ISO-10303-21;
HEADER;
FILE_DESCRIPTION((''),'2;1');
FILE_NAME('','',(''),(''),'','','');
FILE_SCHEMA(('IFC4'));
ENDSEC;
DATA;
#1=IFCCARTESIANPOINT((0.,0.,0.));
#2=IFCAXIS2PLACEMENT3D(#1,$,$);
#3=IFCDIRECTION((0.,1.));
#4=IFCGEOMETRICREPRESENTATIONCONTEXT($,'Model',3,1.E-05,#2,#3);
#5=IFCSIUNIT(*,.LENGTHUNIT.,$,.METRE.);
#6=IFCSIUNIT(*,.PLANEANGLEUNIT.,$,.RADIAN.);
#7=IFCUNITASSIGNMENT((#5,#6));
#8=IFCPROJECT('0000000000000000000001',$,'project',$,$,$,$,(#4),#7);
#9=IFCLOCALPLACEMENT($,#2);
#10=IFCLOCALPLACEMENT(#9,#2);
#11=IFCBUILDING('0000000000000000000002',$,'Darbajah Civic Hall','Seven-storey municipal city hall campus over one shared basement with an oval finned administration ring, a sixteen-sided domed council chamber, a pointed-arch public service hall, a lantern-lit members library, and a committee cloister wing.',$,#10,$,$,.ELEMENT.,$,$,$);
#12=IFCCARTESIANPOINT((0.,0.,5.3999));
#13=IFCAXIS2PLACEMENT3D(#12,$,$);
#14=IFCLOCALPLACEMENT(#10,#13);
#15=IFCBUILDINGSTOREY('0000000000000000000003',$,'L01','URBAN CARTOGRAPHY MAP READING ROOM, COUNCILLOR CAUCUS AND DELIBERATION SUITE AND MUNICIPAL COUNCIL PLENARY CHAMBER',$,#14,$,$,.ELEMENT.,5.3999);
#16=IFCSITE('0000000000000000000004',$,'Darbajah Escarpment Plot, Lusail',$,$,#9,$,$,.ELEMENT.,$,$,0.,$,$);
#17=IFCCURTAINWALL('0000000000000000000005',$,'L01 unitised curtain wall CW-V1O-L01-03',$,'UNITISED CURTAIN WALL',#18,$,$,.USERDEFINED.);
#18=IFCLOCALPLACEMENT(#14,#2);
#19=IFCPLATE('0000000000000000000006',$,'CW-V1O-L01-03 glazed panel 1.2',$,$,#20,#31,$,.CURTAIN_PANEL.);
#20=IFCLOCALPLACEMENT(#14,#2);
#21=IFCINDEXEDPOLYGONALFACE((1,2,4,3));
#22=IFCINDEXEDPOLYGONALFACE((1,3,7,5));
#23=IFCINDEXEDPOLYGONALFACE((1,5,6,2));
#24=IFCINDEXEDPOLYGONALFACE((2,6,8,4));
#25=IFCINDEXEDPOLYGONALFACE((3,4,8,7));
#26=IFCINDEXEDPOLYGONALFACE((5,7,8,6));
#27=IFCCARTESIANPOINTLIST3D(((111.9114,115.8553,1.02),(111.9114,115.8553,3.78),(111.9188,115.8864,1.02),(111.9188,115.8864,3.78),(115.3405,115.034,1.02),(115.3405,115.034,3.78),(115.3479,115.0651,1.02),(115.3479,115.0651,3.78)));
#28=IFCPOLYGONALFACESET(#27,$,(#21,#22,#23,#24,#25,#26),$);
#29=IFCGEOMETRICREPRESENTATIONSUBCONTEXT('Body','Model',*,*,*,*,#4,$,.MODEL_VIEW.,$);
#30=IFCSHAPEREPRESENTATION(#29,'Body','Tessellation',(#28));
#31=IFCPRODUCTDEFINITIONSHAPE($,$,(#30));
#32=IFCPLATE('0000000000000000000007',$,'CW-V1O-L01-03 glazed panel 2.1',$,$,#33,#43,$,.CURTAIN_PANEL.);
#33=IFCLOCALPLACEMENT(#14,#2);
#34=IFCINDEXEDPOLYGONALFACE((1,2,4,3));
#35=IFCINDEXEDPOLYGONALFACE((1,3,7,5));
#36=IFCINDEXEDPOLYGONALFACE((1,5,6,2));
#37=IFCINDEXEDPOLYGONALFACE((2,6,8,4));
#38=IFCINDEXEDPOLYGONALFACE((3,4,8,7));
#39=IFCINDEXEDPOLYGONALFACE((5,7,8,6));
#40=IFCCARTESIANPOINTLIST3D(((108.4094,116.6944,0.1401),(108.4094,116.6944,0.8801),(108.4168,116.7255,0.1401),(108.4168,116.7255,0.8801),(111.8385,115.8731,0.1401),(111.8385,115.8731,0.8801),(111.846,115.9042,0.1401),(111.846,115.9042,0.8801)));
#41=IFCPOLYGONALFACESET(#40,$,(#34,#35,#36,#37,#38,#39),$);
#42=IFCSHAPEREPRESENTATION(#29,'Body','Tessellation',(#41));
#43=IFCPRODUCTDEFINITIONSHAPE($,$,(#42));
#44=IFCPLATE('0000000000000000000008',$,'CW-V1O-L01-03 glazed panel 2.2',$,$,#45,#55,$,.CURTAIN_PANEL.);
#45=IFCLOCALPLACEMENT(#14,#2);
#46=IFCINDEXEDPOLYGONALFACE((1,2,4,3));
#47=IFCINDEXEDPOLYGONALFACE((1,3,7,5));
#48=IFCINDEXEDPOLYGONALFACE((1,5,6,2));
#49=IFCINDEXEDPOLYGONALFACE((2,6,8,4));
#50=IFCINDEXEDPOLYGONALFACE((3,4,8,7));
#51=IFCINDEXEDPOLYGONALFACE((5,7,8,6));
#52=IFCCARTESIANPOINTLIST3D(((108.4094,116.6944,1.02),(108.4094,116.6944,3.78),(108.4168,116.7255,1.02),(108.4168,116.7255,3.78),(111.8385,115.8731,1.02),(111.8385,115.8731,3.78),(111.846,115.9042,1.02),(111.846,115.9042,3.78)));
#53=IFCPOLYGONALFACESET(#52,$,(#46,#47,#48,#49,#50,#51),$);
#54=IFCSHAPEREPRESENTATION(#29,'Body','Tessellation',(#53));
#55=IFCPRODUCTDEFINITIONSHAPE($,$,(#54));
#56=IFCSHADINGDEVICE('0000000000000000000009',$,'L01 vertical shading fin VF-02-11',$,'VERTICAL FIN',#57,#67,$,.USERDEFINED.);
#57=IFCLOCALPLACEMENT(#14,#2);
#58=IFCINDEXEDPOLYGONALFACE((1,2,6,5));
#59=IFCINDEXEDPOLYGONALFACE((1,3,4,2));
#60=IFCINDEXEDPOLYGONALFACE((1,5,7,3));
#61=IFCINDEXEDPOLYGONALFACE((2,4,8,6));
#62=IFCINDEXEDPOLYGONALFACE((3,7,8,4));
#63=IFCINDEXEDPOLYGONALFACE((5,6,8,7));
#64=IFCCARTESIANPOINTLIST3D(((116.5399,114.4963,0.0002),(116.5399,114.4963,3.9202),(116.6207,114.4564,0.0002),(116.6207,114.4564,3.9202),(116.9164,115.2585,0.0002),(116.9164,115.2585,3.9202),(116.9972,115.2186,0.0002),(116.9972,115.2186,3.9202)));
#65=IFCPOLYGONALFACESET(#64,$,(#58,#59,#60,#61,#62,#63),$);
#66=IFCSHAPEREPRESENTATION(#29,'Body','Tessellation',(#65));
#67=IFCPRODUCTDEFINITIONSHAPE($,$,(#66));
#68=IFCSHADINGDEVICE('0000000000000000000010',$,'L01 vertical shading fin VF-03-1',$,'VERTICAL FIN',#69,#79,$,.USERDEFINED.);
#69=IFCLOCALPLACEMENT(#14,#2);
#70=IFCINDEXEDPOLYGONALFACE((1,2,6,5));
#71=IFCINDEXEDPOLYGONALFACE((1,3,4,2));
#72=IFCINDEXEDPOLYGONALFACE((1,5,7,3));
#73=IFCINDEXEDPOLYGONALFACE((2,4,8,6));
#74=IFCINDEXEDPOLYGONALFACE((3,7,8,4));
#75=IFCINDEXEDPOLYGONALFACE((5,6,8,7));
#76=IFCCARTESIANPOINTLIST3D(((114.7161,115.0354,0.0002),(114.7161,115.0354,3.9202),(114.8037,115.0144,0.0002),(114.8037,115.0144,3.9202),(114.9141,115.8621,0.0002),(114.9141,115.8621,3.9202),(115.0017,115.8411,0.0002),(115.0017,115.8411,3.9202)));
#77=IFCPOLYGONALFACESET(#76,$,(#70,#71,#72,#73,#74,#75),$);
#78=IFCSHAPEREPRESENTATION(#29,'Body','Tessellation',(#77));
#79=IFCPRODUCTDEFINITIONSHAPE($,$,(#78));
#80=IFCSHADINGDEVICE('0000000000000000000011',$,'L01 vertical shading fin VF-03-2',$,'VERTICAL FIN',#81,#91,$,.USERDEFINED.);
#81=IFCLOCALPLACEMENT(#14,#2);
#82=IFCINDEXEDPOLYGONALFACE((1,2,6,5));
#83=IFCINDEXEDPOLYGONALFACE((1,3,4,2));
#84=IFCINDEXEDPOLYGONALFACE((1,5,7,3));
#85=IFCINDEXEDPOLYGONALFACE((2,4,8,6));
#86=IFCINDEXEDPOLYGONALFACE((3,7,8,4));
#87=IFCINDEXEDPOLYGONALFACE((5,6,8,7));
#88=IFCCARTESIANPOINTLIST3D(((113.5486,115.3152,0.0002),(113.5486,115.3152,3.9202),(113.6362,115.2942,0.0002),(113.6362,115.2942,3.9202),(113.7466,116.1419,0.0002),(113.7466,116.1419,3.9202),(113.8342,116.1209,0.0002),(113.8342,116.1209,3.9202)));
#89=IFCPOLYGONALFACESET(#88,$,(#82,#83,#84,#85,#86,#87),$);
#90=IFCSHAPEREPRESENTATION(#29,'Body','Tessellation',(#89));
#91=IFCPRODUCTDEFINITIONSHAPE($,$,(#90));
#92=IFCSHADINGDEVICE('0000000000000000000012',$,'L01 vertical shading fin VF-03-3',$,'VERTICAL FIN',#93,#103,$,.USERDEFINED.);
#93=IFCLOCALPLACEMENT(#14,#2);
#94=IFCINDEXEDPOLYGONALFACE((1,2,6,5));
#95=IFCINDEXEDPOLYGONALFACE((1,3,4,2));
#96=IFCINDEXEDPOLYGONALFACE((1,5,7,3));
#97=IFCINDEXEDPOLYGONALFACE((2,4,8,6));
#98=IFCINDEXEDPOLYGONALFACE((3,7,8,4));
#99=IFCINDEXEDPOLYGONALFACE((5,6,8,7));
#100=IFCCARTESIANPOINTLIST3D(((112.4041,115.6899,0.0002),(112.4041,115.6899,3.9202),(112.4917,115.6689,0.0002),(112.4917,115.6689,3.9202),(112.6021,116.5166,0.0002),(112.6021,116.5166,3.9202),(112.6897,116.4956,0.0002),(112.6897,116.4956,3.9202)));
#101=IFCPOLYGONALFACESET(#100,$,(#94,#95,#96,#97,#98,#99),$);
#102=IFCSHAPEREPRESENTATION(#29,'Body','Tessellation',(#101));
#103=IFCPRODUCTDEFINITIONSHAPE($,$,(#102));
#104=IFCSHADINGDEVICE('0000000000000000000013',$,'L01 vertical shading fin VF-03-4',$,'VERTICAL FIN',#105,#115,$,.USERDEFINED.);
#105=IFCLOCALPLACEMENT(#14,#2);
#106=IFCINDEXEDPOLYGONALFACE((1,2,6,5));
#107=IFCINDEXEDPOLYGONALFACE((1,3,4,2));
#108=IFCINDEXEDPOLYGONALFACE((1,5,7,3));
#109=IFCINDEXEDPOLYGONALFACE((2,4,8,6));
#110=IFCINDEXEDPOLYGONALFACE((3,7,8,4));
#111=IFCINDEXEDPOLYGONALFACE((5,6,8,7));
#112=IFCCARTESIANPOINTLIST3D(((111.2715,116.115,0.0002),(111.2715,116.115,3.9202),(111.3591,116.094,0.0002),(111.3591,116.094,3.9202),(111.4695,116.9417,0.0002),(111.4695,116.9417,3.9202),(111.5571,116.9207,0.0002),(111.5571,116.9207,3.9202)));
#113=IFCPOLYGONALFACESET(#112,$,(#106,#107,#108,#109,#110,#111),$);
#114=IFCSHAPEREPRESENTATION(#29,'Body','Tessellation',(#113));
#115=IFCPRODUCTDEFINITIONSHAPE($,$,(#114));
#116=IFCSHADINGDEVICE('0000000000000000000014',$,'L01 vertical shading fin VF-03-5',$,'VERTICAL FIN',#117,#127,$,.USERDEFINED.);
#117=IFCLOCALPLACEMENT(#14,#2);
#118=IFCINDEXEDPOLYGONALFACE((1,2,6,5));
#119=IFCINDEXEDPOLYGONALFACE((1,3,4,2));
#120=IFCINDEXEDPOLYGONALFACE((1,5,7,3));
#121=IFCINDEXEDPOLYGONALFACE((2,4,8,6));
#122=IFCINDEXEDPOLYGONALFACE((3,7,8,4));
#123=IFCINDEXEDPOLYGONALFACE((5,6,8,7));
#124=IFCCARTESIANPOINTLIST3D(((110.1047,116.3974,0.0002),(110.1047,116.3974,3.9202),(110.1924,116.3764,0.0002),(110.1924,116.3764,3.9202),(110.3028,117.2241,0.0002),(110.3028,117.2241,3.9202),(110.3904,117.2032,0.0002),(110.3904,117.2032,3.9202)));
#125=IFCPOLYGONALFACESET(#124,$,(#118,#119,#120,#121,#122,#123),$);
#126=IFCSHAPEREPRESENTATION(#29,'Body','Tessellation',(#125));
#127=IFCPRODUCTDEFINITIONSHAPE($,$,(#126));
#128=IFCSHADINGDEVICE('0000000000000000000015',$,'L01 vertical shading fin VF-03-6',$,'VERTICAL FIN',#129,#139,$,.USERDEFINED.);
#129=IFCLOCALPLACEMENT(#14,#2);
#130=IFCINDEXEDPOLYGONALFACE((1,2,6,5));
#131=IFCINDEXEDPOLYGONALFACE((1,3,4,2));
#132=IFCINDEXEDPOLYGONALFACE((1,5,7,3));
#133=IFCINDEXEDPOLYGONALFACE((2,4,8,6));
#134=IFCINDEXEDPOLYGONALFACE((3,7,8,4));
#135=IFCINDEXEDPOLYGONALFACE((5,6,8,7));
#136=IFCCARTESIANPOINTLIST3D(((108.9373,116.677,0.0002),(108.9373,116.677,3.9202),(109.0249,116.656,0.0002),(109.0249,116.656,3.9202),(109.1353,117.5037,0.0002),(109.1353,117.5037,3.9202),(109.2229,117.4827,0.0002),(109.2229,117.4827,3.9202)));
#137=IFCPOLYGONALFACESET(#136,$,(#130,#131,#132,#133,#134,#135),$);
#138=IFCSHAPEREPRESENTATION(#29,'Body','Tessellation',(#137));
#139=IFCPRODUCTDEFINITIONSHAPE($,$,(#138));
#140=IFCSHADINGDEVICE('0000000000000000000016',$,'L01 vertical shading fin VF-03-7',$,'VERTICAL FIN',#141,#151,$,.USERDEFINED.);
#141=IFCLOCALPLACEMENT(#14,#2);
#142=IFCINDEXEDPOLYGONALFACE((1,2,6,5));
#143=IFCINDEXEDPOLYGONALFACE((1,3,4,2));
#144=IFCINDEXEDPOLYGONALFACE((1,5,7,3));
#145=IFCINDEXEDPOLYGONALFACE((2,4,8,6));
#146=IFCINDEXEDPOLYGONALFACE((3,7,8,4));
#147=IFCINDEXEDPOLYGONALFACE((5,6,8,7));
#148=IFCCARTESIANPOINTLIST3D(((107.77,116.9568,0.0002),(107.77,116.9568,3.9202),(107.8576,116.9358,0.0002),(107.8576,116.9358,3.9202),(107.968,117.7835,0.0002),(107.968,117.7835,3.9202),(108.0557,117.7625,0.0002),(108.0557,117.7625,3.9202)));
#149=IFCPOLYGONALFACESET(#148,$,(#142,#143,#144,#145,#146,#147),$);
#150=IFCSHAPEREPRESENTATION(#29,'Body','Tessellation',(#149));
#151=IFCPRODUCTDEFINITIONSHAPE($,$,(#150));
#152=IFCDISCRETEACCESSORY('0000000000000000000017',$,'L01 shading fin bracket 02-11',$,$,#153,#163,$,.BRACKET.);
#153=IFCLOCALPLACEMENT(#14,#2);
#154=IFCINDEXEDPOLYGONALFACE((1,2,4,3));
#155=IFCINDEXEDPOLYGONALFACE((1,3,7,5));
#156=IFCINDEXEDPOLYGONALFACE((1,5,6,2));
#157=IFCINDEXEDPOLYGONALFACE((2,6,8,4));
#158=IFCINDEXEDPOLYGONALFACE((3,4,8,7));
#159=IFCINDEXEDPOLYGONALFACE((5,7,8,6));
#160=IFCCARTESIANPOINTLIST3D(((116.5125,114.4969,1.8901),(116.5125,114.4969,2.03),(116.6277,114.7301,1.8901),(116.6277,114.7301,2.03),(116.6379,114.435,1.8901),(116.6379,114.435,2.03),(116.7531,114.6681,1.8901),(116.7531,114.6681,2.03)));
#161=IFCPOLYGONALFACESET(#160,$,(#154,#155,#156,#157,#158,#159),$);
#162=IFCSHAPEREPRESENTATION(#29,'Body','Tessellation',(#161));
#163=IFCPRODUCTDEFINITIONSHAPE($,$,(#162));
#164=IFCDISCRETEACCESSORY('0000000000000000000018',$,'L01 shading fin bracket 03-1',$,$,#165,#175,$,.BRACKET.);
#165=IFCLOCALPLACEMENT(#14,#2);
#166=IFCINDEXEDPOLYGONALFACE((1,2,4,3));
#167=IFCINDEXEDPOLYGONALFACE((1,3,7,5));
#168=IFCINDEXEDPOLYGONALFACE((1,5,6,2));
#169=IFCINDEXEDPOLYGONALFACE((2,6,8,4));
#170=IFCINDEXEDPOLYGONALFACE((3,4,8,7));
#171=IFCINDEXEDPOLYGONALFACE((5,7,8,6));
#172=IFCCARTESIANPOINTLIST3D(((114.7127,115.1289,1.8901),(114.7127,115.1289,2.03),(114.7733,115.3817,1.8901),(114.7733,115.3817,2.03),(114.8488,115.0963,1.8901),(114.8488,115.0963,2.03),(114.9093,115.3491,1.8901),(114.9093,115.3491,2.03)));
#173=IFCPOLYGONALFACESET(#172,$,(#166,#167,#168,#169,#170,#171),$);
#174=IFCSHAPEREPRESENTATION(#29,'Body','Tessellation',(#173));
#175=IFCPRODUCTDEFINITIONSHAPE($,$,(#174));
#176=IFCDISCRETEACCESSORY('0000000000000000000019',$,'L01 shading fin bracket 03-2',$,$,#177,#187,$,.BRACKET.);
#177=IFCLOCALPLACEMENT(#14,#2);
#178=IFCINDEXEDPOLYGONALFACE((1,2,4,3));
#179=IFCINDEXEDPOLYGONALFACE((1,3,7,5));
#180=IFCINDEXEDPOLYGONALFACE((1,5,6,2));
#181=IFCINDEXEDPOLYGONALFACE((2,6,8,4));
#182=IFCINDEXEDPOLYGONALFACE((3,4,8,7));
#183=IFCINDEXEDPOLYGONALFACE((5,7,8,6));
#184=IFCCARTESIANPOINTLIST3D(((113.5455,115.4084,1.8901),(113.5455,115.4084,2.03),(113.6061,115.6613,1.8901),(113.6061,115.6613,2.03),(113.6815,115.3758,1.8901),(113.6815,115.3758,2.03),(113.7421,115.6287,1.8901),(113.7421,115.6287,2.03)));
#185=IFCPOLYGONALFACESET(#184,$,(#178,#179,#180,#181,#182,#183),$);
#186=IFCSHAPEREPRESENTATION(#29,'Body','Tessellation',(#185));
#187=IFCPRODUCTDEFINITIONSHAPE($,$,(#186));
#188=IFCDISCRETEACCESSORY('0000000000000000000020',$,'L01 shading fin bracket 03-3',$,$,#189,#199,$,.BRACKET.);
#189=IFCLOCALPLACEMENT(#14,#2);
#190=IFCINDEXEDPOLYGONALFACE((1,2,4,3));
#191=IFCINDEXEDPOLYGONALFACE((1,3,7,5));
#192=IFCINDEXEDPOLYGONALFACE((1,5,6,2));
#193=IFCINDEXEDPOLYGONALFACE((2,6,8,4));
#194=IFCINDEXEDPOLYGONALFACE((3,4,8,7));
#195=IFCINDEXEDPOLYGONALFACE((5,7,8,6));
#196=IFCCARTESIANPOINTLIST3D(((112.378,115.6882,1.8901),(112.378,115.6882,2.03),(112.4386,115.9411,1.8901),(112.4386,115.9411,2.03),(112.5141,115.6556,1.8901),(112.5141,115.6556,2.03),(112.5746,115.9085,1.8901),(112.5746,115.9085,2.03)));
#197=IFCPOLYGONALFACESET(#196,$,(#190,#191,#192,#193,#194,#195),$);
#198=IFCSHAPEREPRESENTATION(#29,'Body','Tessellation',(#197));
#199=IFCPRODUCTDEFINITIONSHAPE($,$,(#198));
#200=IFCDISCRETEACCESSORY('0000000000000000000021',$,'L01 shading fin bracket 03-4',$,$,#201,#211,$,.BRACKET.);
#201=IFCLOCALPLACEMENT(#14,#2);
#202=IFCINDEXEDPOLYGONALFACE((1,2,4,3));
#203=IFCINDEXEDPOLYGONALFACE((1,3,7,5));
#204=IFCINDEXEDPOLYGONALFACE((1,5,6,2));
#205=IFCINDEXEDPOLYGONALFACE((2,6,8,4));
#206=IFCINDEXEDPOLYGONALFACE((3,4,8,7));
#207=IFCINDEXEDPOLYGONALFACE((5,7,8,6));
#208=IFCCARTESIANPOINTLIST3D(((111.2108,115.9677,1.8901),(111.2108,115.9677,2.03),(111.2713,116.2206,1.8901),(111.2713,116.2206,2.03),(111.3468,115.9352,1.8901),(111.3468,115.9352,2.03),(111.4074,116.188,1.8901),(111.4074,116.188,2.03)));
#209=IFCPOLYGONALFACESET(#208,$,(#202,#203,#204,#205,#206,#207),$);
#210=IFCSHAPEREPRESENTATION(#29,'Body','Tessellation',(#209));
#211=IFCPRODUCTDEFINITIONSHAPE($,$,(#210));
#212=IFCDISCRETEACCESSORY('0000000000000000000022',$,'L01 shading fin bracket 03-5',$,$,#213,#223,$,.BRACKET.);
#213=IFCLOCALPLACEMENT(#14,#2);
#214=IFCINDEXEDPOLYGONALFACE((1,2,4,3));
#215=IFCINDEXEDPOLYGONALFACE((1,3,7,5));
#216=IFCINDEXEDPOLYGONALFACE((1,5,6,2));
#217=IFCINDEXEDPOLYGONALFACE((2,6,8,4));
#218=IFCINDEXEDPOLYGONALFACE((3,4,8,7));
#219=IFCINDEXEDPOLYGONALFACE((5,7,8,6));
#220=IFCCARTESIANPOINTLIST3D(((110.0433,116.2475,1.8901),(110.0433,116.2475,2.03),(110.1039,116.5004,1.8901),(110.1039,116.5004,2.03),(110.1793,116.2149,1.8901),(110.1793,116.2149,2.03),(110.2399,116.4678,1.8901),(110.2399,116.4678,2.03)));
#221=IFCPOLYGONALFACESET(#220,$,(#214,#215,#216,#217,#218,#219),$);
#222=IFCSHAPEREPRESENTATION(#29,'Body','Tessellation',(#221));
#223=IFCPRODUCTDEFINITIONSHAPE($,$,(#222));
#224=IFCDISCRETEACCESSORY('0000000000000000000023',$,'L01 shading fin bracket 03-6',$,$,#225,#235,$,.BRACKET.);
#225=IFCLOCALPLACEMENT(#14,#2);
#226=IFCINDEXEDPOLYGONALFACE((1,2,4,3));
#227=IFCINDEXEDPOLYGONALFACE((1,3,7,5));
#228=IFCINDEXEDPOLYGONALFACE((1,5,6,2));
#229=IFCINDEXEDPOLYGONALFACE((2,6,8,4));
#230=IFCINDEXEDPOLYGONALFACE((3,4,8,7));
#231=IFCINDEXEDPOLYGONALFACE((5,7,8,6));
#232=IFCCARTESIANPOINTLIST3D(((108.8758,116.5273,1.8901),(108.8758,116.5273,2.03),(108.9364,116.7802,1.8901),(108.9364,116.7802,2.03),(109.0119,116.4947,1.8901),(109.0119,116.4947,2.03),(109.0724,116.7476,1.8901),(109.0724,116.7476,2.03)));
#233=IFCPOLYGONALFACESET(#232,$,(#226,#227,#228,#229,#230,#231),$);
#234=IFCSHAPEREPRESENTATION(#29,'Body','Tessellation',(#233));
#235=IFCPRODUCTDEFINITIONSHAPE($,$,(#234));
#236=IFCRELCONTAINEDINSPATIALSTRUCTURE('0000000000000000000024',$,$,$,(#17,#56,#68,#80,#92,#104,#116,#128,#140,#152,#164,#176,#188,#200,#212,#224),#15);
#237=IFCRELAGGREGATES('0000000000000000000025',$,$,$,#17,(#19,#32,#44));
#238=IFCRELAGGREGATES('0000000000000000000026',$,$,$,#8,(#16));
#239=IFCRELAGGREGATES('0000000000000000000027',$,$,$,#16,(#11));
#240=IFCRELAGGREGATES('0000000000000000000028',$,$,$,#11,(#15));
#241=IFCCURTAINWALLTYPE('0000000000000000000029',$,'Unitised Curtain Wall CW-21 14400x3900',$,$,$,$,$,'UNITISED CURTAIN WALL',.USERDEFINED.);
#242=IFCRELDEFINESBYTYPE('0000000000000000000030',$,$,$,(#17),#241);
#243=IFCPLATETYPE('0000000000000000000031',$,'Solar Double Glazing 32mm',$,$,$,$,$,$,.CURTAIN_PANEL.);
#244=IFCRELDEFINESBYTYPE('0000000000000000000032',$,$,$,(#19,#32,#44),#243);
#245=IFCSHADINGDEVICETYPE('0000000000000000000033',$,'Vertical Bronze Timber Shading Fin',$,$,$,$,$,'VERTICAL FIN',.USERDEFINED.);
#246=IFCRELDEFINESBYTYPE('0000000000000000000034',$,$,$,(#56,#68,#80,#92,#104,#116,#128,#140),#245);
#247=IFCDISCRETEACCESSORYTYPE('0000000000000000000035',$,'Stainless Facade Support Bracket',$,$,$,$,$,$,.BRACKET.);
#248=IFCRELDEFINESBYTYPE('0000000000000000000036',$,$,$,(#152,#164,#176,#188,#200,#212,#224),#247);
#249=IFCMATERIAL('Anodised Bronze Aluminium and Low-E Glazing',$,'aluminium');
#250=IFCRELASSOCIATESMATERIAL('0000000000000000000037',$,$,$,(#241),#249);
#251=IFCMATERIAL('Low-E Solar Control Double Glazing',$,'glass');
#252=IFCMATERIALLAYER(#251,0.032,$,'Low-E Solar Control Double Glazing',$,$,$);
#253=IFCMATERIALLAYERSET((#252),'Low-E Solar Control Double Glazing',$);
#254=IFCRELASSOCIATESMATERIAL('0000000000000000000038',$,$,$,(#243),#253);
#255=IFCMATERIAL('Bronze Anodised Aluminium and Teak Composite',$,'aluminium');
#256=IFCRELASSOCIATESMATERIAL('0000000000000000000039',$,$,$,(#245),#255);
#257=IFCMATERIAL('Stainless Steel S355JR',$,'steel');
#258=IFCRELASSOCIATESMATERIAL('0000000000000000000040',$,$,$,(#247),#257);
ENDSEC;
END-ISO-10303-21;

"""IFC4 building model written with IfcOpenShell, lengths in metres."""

from ifc_helpers import new_model, si_unit, direction, frame, origin, origin_2d, place, context, subcontext, project, spatial, rectangle, extrude, material, layer, layer_set, type_object, element, aggregate, save


model = new_model("IFC4")

# Units and contexts
model_context = context("Model", 3, precision=1e-05, world=origin(), true_north=direction((0.0, 1.0)))
body_context = subcontext(model_context, "Body", "Model", "MODEL_VIEW")
ifc_project = project(units=[si_unit("LENGTHUNIT", "METRE"), si_unit("PLANEANGLEUNIT", "RADIAN")], contexts=[model_context])

# Site, building, storey
site_placement = place(None, origin())
site = spatial("IfcSite", under=ifc_project, at=site_placement, Name="Darbajah Escarpment Plot, Lusail", CompositionType="ELEMENT", RefElevation=0.0)
building_placement = place(site_placement, origin())
building = spatial("IfcBuilding", under=site, at=building_placement, Name="Darbajah Civic Hall", Description="Seven-storey municipal city hall campus over one shared basement with an oval finned administration ring, a sixteen-sided domed council chamber, a pointed-arch public service hall, a lantern-lit members library, and a committee cloister wing.", CompositionType="ELEMENT")
storey_placement = place(building_placement, frame((0.0, 0.0, 5.3999)))
storey = spatial("IfcBuildingStorey", under=building, at=storey_placement, Name="L01", Description="URBAN CARTOGRAPHY MAP READING ROOM, COUNCILLOR CAUCUS AND DELIBERATION SUITE AND MUNICIPAL COUNCIL PLENARY CHAMBER", CompositionType="ELEMENT", Elevation=5.3999)

# Shared definitions
ifc_material_1 = material(Name="Anodised Bronze Aluminium and Low-E Glazing", Category="aluminium")

# Curtain wall
curtain_wall_type_1 = type_object("IfcCurtainWallType", Name="Unitised Curtain Wall CW-21 14400x3900", ElementType="UNITISED CURTAIN WALL", PredefinedType="USERDEFINED", material=ifc_material_1)
curtain_wall_1_placement = place(storey_placement, origin())
curtain_wall_1 = element("IfcCurtainWall", 1, at=curtain_wall_1_placement, inside=storey, type_object=curtain_wall_type_1, Name="L01 unitised curtain wall CW-V1O-L01-03", ObjectType="UNITISED CURTAIN WALL", PredefinedType="USERDEFINED")

# Plates
ifc_material_2 = material(Name="Low-E Solar Control Double Glazing", Category="glass")
ifc_layer_1 = layer(ifc_material_2, 0.032, Name="Low-E Solar Control Double Glazing")
ifc_layer_set_1 = layer_set([ifc_layer_1], Name="Low-E Solar Control Double Glazing")
plate_type_1 = type_object("IfcPlateType", Name="Solar Double Glazing 32mm", PredefinedType="CURTAIN_PANEL", material=ifc_layer_set_1)
plate_1_placement = place(storey_placement, frame((113.6296, 115.4602, 1.02), z_axis=(0.0, 0.0, 1.0), x_axis=(-0.972492, 0.232936, 0.0)))
plate_1 = element("IfcPlate", 2, at=plate_1_placement, type_object=plate_type_1, Name="CW-V1O-L01-03 glazed panel 1.2", PredefinedType="CURTAIN_PANEL", context=body_context, shape_type="SweptSolid", body=[
    extrude(rectangle(XDim=3.5261, YDim=0.032, at=origin_2d()), origin(), (0.0, 0.0, 1.0), 2.76),
])
plate_2_placement = place(storey_placement, frame((110.1277, 116.2993, 0.1401), z_axis=(0.0, 0.0, 1.0), x_axis=(-0.972492, 0.232936, 0.0)))
plate_2 = element("IfcPlate", 3, at=plate_2_placement, type_object=plate_type_1, Name="CW-V1O-L01-03 glazed panel 2.1", PredefinedType="CURTAIN_PANEL", context=body_context, shape_type="SweptSolid", body=[
    extrude(rectangle(XDim=3.5261, YDim=0.032, at=origin_2d()), origin(), (0.0, 0.0, 1.0), 0.74),
])
plate_3_placement = place(storey_placement, frame((110.1277, 116.2993, 1.02), z_axis=(0.0, 0.0, 1.0), x_axis=(-0.972492, 0.232936, 0.0)))
plate_3 = element("IfcPlate", 4, at=plate_3_placement, type_object=plate_type_1, Name="CW-V1O-L01-03 glazed panel 2.2", PredefinedType="CURTAIN_PANEL", context=body_context, shape_type="SweptSolid", body=[
    extrude(rectangle(XDim=3.5261, YDim=0.032, at=origin_2d()), origin(), (0.0, 0.0, 1.0), 2.76),
])
aggregate(curtain_wall_1, [plate_1, plate_2, plate_3])

# Shading devices
ifc_material_3 = material(Name="Bronze Anodised Aluminium and Teak Composite", Category="aluminium")
shading_device_type = type_object("IfcShadingDeviceType", Name="Vertical Bronze Timber Shading Fin", ElementType="VERTICAL FIN", PredefinedType="USERDEFINED", material=ifc_material_3)
for number, where, z_axis, x_axis, name in (
    (5, (116.7686, 114.8574, 0.0002), (0.0, 0.0, 1.0), (0.442915, 0.896564, 0.0), "L01 vertical shading fin VF-02-11"),
    (6, (114.8589, 115.4382, 0.0002), (0.0, 0.0, 1.0), (0.232936, 0.972492, 0.0), "L01 vertical shading fin VF-03-1"),
    (7, (113.6914, 115.718, 0.0002), (0.0, 0.0, 1.0), (0.232936, 0.972492, 0.0), "L01 vertical shading fin VF-03-2"),
    (8, (112.5469, 116.0928, 0.0002), (0.0, 0.0, 1.0), (0.232936, 0.972492, 0.0), "L01 vertical shading fin VF-03-3"),
    (9, (111.4143, 116.5178, 0.0002), (0.0, 0.0, 1.0), (0.232936, 0.972492, 0.0), "L01 vertical shading fin VF-03-4"),
    (10, (110.2476, 116.8003, 0.0002), (0.0, 0.0, 1.0), (0.232936, 0.972492, 0.0), "L01 vertical shading fin VF-03-5"),
    (11, (109.0801, 117.0798, 0.0002), (0.0, 0.0, 1.0), (0.232936, 0.972492, 0.0), "L01 vertical shading fin VF-03-6"),
    (12, (107.9128, 117.3596, 0.0002), (0.0, 0.0, 1.0), (0.232936, 0.972492, 0.0), "L01 vertical shading fin VF-03-7"),
):
    element("IfcShadingDevice", number, at=place(storey_placement, frame(where, z_axis=z_axis, x_axis=x_axis)), inside=storey, type_object=shading_device_type, Name=name, ObjectType="VERTICAL FIN", PredefinedType="USERDEFINED", context=body_context, shape_type="SweptSolid", body=[
        extrude(rectangle(XDim=0.8501, YDim=0.0901, at=origin_2d()), origin(), (0.0, 0.0, 1.0), 3.9199),
    ])

# Discrete accessories
ifc_material_4 = material(Name="Stainless Steel S355JR", Category="steel")
discrete_accessory_type = type_object("IfcDiscreteAccessoryType", Name="Stainless Facade Support Bracket", PredefinedType="BRACKET", material=ifc_material_4)
for number, where, z_axis, x_axis, name in (
    (13, (116.6328, 114.5825, 1.8901), (0.0, 0.0, 1.0), (0.442915, 0.896564, 0.0), "L01 shading fin bracket 02-11"),
    (14, (114.811, 115.239, 1.8901), (0.0, 0.0, 1.0), (0.232936, 0.972492, 0.0), "L01 shading fin bracket 03-1"),
    (15, (113.6438, 115.5186, 1.8901), (0.0, 0.0, 1.0), (0.232936, 0.972492, 0.0), "L01 shading fin bracket 03-2"),
    (16, (112.4763, 115.7983, 1.8901), (0.0, 0.0, 1.0), (0.232936, 0.972492, 0.0), "L01 shading fin bracket 03-3"),
    (17, (111.3091, 116.0779, 1.8901), (0.0, 0.0, 1.0), (0.232936, 0.972492, 0.0), "L01 shading fin bracket 03-4"),
    (18, (110.1416, 116.3577, 1.8901), (0.0, 0.0, 1.0), (0.232936, 0.972492, 0.0), "L01 shading fin bracket 03-5"),
    (19, (108.9741, 116.6375, 1.8901), (0.0, 0.0, 1.0), (0.232936, 0.972492, 0.0), "L01 shading fin bracket 03-6"),
):
    element("IfcDiscreteAccessory", number, at=place(storey_placement, frame(where, z_axis=z_axis, x_axis=x_axis)), inside=storey, type_object=discrete_accessory_type, Name=name, PredefinedType="BRACKET", context=body_context, shape_type="SweptSolid", body=[
        extrude(rectangle(XDim=0.26, YDim=0.1399, at=origin_2d()), origin(), (0.0, 0.0, 1.0), 0.1399),
    ])

save(model, "model.ifc")
